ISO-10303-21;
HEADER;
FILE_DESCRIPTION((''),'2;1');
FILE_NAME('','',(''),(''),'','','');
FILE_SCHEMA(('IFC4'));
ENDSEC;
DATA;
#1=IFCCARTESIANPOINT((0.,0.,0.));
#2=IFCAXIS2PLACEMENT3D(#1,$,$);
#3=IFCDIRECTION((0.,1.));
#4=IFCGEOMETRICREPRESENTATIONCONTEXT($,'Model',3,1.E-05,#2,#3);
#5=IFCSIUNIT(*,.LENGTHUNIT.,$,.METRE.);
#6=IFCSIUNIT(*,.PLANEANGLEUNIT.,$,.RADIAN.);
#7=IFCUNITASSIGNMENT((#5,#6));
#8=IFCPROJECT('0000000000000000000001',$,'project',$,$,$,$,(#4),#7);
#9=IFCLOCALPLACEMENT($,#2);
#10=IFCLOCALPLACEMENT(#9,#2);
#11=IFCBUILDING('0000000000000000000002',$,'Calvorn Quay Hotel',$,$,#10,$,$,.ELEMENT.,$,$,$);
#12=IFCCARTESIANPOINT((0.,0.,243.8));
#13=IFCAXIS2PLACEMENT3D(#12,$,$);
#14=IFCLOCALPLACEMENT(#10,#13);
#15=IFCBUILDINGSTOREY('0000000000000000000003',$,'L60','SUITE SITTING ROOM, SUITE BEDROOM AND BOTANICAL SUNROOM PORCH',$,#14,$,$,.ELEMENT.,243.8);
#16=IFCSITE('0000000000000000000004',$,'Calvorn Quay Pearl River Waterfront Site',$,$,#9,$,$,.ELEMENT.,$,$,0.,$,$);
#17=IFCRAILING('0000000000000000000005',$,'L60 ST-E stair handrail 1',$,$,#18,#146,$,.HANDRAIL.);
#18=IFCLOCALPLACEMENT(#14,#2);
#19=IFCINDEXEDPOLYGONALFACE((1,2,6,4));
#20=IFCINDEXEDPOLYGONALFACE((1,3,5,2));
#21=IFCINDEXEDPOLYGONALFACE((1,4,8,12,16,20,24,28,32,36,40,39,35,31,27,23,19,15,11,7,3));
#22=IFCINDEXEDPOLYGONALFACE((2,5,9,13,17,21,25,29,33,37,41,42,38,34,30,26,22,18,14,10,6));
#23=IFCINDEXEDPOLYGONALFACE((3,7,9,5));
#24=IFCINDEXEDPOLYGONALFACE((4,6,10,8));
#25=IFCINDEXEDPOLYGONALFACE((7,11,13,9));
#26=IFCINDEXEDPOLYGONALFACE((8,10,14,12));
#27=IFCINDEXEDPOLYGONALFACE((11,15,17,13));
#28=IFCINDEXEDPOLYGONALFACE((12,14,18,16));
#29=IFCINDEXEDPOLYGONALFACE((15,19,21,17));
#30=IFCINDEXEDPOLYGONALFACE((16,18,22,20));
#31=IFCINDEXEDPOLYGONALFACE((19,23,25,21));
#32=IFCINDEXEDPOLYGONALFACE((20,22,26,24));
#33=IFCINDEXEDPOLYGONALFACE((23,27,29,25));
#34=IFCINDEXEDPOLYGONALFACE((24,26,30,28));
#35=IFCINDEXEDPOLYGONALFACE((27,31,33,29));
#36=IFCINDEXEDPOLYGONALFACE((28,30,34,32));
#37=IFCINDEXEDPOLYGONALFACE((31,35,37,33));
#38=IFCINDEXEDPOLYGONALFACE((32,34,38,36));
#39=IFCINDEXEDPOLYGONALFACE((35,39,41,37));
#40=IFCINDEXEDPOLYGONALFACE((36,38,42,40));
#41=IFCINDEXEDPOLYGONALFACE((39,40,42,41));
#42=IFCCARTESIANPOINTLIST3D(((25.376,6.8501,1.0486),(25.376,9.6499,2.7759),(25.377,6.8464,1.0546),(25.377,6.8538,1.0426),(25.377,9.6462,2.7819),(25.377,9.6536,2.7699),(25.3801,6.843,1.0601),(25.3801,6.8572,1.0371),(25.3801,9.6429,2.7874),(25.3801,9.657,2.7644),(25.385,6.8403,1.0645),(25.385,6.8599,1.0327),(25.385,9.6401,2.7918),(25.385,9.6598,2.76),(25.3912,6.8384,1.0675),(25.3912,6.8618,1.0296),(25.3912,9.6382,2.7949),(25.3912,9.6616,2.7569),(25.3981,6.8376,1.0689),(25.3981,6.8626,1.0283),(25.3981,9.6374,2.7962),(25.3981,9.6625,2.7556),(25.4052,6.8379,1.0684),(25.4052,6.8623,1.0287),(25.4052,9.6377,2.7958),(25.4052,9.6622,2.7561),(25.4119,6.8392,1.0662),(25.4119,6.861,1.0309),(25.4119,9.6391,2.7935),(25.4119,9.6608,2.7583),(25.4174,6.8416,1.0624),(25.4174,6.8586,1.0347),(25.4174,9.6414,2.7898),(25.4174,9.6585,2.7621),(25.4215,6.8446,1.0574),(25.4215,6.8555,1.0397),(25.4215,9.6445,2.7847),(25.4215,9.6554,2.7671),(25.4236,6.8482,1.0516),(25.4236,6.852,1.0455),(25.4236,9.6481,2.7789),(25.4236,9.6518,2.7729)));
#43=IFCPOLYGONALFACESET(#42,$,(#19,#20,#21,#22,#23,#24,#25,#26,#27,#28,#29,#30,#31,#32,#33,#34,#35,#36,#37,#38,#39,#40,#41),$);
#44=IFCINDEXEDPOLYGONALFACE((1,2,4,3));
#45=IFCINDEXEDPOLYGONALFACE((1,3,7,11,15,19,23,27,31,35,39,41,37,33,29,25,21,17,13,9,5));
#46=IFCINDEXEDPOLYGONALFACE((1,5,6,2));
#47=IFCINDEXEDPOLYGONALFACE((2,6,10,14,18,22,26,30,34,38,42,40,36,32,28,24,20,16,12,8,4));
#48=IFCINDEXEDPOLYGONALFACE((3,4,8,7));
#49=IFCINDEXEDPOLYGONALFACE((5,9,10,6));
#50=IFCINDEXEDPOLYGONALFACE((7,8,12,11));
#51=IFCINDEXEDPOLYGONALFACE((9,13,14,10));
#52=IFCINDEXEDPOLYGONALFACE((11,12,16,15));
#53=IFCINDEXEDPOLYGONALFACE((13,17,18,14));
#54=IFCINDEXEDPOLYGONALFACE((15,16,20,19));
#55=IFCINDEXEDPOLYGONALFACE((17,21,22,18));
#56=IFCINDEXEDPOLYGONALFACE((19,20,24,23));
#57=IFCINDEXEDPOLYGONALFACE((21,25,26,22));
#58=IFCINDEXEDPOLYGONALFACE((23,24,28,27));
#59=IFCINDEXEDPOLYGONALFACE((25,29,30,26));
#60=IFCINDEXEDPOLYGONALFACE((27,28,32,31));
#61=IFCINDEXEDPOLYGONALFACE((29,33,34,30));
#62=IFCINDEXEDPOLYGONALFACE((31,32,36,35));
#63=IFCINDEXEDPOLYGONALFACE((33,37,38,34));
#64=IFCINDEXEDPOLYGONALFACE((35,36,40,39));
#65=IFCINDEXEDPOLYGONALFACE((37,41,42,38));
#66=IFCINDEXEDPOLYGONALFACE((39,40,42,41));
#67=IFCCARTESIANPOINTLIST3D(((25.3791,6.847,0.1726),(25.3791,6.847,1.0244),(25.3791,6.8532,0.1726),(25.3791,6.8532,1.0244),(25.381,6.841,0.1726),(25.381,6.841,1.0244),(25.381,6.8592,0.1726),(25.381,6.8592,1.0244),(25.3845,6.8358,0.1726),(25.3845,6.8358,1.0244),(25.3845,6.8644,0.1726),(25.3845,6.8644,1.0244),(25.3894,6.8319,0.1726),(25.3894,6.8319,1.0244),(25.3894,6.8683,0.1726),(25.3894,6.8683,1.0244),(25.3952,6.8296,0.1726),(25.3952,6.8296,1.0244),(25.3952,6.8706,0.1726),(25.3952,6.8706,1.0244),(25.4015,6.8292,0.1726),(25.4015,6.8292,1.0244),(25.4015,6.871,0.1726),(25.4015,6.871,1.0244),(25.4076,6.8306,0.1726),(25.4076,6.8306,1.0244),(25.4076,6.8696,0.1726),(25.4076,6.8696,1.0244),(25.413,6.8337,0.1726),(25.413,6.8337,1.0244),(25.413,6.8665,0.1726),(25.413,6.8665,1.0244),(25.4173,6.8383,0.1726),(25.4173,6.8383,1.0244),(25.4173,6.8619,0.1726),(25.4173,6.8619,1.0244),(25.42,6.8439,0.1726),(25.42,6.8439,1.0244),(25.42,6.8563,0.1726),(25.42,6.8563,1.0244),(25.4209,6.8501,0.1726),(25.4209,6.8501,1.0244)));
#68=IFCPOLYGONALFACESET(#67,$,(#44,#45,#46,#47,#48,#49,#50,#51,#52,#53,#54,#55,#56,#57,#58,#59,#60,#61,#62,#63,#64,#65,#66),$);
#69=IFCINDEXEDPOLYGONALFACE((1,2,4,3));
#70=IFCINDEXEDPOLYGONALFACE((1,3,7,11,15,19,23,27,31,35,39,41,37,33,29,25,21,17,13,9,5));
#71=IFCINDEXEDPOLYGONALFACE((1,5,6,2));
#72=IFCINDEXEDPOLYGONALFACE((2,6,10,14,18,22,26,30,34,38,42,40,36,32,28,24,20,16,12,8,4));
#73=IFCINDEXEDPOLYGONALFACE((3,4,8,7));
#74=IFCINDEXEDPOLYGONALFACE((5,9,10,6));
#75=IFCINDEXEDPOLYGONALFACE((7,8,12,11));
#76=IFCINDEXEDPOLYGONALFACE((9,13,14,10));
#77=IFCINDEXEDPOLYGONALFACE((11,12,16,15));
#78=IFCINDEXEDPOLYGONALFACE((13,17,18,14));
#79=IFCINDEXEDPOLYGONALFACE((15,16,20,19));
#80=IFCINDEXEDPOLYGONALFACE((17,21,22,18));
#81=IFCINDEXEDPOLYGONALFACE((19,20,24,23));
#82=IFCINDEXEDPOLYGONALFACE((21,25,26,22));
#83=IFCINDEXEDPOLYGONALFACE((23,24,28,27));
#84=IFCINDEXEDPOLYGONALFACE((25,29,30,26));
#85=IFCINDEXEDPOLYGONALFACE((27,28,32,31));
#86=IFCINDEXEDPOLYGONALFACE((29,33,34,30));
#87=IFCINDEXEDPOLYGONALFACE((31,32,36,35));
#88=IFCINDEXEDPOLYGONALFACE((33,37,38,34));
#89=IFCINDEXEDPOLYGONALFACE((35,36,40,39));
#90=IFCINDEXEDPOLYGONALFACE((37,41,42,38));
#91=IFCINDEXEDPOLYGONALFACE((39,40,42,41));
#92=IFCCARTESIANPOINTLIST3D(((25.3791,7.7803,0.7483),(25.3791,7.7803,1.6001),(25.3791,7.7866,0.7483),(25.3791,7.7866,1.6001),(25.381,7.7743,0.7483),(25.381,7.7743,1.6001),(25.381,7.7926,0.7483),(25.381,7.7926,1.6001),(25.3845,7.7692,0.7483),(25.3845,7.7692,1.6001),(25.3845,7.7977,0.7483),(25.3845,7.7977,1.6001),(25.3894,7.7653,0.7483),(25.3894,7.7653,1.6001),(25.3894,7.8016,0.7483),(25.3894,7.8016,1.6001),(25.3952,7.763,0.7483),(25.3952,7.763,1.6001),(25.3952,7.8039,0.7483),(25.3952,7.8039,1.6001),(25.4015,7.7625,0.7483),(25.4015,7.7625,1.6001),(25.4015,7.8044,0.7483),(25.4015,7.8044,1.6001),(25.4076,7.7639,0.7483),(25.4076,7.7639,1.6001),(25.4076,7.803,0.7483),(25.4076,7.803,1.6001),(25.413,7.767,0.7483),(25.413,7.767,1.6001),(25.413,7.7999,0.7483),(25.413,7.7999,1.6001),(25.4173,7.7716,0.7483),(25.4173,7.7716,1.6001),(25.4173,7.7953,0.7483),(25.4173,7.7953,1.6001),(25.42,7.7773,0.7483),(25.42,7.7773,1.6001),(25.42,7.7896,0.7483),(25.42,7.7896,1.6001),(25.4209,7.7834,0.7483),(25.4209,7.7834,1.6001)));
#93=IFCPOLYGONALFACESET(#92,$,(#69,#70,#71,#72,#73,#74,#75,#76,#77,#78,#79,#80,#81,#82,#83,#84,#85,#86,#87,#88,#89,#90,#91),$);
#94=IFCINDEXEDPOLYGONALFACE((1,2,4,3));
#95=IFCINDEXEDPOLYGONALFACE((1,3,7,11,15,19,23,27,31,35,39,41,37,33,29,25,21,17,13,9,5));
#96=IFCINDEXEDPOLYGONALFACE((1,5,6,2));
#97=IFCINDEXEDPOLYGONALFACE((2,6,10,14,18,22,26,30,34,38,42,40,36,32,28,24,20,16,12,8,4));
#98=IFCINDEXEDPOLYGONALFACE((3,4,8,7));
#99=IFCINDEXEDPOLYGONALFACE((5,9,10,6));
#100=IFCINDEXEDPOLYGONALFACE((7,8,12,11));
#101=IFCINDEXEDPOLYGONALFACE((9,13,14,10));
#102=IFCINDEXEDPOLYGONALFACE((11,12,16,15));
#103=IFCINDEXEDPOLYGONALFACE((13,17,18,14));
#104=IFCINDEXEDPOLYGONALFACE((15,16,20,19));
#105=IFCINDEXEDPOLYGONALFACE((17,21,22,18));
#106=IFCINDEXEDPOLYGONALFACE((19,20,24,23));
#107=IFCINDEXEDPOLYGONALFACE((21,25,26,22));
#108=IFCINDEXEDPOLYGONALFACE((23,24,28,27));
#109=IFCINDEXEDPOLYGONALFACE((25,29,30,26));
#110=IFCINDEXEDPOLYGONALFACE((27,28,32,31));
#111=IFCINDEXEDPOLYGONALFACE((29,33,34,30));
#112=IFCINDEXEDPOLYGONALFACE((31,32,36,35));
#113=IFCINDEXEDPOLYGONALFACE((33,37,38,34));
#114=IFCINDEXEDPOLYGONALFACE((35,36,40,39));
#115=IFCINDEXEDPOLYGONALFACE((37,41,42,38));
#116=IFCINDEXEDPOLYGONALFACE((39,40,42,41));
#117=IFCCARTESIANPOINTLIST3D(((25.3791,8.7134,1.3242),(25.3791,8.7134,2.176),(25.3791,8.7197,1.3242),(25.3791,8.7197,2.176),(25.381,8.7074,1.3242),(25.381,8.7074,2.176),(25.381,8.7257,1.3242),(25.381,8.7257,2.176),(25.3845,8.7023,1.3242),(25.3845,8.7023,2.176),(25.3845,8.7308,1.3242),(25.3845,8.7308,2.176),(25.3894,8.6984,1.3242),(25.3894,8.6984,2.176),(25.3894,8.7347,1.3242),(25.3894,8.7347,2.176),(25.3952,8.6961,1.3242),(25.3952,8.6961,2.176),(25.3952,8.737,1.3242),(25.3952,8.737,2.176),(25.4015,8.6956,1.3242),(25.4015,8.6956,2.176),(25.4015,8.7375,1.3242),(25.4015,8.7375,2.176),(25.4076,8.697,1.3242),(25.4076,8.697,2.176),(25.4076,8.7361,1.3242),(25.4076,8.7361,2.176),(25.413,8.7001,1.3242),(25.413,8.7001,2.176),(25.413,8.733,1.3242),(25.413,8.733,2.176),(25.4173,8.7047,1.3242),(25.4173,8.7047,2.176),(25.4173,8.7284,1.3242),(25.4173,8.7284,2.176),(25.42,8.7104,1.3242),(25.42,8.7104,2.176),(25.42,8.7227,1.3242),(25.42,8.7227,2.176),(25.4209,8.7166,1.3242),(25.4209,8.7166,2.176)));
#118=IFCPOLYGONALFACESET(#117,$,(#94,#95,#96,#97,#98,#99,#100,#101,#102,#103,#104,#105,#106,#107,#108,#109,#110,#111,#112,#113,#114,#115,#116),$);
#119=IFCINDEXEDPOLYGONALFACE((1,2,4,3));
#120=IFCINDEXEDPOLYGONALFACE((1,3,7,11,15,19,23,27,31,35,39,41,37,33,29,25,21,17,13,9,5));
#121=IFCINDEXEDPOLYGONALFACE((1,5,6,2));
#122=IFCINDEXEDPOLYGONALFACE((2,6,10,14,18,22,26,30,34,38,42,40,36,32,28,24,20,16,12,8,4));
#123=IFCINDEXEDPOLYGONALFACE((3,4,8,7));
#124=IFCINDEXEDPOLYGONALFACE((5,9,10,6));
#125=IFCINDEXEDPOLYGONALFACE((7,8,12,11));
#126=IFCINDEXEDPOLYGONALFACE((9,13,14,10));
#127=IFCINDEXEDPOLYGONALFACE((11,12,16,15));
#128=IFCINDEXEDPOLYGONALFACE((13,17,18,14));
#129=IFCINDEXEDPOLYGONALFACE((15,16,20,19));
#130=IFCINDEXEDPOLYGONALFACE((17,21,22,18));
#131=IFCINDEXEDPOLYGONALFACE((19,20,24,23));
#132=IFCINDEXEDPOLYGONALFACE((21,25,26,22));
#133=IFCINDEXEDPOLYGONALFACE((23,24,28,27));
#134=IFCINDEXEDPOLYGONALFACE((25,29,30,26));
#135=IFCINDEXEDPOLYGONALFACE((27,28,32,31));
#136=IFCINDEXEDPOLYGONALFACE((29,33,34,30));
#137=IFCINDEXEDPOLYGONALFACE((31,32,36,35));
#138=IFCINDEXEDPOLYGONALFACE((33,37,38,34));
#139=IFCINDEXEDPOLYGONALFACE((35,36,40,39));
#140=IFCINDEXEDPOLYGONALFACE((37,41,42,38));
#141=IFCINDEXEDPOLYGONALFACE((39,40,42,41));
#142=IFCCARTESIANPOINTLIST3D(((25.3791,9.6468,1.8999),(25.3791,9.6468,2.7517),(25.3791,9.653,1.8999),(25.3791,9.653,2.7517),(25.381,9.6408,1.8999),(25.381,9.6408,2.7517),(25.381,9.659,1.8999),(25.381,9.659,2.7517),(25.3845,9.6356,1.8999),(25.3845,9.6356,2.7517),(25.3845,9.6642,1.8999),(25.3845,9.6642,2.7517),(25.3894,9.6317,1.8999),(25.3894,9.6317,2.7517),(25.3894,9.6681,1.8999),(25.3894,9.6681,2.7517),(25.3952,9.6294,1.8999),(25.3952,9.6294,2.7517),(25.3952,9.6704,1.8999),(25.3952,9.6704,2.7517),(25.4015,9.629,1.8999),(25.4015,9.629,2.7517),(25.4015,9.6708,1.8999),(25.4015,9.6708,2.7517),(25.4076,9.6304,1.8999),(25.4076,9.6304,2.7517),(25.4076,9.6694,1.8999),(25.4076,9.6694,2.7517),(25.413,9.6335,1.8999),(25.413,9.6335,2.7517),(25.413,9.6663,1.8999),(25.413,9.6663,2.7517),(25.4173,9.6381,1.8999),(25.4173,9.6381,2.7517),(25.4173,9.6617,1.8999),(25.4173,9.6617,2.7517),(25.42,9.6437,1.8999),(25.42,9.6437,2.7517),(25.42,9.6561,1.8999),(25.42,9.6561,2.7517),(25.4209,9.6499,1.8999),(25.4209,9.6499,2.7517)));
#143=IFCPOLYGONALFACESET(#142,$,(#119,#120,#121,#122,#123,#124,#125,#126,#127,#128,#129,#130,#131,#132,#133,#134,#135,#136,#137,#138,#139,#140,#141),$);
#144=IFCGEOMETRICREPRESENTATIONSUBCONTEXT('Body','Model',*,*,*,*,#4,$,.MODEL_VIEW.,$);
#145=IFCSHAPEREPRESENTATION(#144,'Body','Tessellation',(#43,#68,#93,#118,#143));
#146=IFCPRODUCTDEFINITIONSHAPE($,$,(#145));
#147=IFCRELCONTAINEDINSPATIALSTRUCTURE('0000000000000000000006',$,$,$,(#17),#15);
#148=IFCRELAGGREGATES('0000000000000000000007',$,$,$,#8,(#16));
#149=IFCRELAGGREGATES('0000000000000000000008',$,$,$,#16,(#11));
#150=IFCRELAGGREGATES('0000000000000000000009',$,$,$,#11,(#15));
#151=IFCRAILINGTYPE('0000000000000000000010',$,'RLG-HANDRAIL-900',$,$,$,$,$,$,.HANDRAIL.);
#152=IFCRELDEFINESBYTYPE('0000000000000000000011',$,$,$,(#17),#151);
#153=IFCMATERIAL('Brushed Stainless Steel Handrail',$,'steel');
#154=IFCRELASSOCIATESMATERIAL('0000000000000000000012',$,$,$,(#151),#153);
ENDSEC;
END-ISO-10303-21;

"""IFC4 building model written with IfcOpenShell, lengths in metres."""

from ifc_helpers import new_model, si_unit, direction, frame, origin, origin_2d, place, context, subcontext, project, spatial, circle, extrude, material, type_object, element, save


model = new_model("IFC4")

# Units and contexts
model_context = context("Model", 3, precision=1e-05, world=origin(), true_north=direction((0.0, 1.0)))
body_context = subcontext(model_context, "Body", "Model", "MODEL_VIEW")
ifc_project = project(units=[si_unit("LENGTHUNIT", "METRE"), si_unit("PLANEANGLEUNIT", "RADIAN")], contexts=[model_context])

# Site, building, storey
site_placement = place(None, origin())
site = spatial("IfcSite", under=ifc_project, at=site_placement, Name="Calvorn Quay Pearl River Waterfront Site", CompositionType="ELEMENT", RefElevation=0.0)
building_placement = place(site_placement, origin())
building = spatial("IfcBuilding", under=site, at=building_placement, Name="Calvorn Quay Hotel", CompositionType="ELEMENT")
storey_placement = place(building_placement, frame((0.0, 0.0, 243.8)))
storey = spatial("IfcBuildingStorey", under=building, at=storey_placement, Name="L60", Description="SUITE SITTING ROOM, SUITE BEDROOM AND BOTANICAL SUNROOM PORCH", CompositionType="ELEMENT", Elevation=243.8)

# Railing
ifc_material_1 = material(Name="Brushed Stainless Steel Handrail", Category="steel")
railing_type_1 = type_object("IfcRailingType", Name="RLG-HANDRAIL-900", PredefinedType="HANDRAIL", material=ifc_material_1)
railing_1_placement = place(storey_placement, frame((25.3999, 6.8501, 0.1726)))
element("IfcRailing", 1, at=railing_1_placement, inside=storey, type_object=railing_type_1, Name="L60 ST-E stair handrail 1", PredefinedType="HANDRAIL", context=body_context, shape_type="SweptSolid", body=[
    extrude(circle(Radius=0.0239, at=origin_2d()), frame((0.0, 0.0, 0.876), z_axis=(0.0, 0.851069, 0.525054), x_axis=(-1.0, 0.0, 0.0)), (0.0, 0.0, 1.0), 3.2898),
    extrude(circle(Radius=0.021, at=origin_2d()), origin(), (0.0, 0.0, 1.0), 0.8518),
    extrude(circle(Radius=0.021, at=origin_2d()), frame((0.0, 0.9333, 0.5757)), (0.0, 0.0, 1.0), 0.8518),
    extrude(circle(Radius=0.021, at=origin_2d()), frame((0.0, 1.8665, 1.1516)), (0.0, 0.0, 1.0), 0.8518),
    extrude(circle(Radius=0.021, at=origin_2d()), frame((0.0, 2.7998, 1.7273)), (0.0, 0.0, 1.0), 0.8518),
])

save(model, "model.ifc")
